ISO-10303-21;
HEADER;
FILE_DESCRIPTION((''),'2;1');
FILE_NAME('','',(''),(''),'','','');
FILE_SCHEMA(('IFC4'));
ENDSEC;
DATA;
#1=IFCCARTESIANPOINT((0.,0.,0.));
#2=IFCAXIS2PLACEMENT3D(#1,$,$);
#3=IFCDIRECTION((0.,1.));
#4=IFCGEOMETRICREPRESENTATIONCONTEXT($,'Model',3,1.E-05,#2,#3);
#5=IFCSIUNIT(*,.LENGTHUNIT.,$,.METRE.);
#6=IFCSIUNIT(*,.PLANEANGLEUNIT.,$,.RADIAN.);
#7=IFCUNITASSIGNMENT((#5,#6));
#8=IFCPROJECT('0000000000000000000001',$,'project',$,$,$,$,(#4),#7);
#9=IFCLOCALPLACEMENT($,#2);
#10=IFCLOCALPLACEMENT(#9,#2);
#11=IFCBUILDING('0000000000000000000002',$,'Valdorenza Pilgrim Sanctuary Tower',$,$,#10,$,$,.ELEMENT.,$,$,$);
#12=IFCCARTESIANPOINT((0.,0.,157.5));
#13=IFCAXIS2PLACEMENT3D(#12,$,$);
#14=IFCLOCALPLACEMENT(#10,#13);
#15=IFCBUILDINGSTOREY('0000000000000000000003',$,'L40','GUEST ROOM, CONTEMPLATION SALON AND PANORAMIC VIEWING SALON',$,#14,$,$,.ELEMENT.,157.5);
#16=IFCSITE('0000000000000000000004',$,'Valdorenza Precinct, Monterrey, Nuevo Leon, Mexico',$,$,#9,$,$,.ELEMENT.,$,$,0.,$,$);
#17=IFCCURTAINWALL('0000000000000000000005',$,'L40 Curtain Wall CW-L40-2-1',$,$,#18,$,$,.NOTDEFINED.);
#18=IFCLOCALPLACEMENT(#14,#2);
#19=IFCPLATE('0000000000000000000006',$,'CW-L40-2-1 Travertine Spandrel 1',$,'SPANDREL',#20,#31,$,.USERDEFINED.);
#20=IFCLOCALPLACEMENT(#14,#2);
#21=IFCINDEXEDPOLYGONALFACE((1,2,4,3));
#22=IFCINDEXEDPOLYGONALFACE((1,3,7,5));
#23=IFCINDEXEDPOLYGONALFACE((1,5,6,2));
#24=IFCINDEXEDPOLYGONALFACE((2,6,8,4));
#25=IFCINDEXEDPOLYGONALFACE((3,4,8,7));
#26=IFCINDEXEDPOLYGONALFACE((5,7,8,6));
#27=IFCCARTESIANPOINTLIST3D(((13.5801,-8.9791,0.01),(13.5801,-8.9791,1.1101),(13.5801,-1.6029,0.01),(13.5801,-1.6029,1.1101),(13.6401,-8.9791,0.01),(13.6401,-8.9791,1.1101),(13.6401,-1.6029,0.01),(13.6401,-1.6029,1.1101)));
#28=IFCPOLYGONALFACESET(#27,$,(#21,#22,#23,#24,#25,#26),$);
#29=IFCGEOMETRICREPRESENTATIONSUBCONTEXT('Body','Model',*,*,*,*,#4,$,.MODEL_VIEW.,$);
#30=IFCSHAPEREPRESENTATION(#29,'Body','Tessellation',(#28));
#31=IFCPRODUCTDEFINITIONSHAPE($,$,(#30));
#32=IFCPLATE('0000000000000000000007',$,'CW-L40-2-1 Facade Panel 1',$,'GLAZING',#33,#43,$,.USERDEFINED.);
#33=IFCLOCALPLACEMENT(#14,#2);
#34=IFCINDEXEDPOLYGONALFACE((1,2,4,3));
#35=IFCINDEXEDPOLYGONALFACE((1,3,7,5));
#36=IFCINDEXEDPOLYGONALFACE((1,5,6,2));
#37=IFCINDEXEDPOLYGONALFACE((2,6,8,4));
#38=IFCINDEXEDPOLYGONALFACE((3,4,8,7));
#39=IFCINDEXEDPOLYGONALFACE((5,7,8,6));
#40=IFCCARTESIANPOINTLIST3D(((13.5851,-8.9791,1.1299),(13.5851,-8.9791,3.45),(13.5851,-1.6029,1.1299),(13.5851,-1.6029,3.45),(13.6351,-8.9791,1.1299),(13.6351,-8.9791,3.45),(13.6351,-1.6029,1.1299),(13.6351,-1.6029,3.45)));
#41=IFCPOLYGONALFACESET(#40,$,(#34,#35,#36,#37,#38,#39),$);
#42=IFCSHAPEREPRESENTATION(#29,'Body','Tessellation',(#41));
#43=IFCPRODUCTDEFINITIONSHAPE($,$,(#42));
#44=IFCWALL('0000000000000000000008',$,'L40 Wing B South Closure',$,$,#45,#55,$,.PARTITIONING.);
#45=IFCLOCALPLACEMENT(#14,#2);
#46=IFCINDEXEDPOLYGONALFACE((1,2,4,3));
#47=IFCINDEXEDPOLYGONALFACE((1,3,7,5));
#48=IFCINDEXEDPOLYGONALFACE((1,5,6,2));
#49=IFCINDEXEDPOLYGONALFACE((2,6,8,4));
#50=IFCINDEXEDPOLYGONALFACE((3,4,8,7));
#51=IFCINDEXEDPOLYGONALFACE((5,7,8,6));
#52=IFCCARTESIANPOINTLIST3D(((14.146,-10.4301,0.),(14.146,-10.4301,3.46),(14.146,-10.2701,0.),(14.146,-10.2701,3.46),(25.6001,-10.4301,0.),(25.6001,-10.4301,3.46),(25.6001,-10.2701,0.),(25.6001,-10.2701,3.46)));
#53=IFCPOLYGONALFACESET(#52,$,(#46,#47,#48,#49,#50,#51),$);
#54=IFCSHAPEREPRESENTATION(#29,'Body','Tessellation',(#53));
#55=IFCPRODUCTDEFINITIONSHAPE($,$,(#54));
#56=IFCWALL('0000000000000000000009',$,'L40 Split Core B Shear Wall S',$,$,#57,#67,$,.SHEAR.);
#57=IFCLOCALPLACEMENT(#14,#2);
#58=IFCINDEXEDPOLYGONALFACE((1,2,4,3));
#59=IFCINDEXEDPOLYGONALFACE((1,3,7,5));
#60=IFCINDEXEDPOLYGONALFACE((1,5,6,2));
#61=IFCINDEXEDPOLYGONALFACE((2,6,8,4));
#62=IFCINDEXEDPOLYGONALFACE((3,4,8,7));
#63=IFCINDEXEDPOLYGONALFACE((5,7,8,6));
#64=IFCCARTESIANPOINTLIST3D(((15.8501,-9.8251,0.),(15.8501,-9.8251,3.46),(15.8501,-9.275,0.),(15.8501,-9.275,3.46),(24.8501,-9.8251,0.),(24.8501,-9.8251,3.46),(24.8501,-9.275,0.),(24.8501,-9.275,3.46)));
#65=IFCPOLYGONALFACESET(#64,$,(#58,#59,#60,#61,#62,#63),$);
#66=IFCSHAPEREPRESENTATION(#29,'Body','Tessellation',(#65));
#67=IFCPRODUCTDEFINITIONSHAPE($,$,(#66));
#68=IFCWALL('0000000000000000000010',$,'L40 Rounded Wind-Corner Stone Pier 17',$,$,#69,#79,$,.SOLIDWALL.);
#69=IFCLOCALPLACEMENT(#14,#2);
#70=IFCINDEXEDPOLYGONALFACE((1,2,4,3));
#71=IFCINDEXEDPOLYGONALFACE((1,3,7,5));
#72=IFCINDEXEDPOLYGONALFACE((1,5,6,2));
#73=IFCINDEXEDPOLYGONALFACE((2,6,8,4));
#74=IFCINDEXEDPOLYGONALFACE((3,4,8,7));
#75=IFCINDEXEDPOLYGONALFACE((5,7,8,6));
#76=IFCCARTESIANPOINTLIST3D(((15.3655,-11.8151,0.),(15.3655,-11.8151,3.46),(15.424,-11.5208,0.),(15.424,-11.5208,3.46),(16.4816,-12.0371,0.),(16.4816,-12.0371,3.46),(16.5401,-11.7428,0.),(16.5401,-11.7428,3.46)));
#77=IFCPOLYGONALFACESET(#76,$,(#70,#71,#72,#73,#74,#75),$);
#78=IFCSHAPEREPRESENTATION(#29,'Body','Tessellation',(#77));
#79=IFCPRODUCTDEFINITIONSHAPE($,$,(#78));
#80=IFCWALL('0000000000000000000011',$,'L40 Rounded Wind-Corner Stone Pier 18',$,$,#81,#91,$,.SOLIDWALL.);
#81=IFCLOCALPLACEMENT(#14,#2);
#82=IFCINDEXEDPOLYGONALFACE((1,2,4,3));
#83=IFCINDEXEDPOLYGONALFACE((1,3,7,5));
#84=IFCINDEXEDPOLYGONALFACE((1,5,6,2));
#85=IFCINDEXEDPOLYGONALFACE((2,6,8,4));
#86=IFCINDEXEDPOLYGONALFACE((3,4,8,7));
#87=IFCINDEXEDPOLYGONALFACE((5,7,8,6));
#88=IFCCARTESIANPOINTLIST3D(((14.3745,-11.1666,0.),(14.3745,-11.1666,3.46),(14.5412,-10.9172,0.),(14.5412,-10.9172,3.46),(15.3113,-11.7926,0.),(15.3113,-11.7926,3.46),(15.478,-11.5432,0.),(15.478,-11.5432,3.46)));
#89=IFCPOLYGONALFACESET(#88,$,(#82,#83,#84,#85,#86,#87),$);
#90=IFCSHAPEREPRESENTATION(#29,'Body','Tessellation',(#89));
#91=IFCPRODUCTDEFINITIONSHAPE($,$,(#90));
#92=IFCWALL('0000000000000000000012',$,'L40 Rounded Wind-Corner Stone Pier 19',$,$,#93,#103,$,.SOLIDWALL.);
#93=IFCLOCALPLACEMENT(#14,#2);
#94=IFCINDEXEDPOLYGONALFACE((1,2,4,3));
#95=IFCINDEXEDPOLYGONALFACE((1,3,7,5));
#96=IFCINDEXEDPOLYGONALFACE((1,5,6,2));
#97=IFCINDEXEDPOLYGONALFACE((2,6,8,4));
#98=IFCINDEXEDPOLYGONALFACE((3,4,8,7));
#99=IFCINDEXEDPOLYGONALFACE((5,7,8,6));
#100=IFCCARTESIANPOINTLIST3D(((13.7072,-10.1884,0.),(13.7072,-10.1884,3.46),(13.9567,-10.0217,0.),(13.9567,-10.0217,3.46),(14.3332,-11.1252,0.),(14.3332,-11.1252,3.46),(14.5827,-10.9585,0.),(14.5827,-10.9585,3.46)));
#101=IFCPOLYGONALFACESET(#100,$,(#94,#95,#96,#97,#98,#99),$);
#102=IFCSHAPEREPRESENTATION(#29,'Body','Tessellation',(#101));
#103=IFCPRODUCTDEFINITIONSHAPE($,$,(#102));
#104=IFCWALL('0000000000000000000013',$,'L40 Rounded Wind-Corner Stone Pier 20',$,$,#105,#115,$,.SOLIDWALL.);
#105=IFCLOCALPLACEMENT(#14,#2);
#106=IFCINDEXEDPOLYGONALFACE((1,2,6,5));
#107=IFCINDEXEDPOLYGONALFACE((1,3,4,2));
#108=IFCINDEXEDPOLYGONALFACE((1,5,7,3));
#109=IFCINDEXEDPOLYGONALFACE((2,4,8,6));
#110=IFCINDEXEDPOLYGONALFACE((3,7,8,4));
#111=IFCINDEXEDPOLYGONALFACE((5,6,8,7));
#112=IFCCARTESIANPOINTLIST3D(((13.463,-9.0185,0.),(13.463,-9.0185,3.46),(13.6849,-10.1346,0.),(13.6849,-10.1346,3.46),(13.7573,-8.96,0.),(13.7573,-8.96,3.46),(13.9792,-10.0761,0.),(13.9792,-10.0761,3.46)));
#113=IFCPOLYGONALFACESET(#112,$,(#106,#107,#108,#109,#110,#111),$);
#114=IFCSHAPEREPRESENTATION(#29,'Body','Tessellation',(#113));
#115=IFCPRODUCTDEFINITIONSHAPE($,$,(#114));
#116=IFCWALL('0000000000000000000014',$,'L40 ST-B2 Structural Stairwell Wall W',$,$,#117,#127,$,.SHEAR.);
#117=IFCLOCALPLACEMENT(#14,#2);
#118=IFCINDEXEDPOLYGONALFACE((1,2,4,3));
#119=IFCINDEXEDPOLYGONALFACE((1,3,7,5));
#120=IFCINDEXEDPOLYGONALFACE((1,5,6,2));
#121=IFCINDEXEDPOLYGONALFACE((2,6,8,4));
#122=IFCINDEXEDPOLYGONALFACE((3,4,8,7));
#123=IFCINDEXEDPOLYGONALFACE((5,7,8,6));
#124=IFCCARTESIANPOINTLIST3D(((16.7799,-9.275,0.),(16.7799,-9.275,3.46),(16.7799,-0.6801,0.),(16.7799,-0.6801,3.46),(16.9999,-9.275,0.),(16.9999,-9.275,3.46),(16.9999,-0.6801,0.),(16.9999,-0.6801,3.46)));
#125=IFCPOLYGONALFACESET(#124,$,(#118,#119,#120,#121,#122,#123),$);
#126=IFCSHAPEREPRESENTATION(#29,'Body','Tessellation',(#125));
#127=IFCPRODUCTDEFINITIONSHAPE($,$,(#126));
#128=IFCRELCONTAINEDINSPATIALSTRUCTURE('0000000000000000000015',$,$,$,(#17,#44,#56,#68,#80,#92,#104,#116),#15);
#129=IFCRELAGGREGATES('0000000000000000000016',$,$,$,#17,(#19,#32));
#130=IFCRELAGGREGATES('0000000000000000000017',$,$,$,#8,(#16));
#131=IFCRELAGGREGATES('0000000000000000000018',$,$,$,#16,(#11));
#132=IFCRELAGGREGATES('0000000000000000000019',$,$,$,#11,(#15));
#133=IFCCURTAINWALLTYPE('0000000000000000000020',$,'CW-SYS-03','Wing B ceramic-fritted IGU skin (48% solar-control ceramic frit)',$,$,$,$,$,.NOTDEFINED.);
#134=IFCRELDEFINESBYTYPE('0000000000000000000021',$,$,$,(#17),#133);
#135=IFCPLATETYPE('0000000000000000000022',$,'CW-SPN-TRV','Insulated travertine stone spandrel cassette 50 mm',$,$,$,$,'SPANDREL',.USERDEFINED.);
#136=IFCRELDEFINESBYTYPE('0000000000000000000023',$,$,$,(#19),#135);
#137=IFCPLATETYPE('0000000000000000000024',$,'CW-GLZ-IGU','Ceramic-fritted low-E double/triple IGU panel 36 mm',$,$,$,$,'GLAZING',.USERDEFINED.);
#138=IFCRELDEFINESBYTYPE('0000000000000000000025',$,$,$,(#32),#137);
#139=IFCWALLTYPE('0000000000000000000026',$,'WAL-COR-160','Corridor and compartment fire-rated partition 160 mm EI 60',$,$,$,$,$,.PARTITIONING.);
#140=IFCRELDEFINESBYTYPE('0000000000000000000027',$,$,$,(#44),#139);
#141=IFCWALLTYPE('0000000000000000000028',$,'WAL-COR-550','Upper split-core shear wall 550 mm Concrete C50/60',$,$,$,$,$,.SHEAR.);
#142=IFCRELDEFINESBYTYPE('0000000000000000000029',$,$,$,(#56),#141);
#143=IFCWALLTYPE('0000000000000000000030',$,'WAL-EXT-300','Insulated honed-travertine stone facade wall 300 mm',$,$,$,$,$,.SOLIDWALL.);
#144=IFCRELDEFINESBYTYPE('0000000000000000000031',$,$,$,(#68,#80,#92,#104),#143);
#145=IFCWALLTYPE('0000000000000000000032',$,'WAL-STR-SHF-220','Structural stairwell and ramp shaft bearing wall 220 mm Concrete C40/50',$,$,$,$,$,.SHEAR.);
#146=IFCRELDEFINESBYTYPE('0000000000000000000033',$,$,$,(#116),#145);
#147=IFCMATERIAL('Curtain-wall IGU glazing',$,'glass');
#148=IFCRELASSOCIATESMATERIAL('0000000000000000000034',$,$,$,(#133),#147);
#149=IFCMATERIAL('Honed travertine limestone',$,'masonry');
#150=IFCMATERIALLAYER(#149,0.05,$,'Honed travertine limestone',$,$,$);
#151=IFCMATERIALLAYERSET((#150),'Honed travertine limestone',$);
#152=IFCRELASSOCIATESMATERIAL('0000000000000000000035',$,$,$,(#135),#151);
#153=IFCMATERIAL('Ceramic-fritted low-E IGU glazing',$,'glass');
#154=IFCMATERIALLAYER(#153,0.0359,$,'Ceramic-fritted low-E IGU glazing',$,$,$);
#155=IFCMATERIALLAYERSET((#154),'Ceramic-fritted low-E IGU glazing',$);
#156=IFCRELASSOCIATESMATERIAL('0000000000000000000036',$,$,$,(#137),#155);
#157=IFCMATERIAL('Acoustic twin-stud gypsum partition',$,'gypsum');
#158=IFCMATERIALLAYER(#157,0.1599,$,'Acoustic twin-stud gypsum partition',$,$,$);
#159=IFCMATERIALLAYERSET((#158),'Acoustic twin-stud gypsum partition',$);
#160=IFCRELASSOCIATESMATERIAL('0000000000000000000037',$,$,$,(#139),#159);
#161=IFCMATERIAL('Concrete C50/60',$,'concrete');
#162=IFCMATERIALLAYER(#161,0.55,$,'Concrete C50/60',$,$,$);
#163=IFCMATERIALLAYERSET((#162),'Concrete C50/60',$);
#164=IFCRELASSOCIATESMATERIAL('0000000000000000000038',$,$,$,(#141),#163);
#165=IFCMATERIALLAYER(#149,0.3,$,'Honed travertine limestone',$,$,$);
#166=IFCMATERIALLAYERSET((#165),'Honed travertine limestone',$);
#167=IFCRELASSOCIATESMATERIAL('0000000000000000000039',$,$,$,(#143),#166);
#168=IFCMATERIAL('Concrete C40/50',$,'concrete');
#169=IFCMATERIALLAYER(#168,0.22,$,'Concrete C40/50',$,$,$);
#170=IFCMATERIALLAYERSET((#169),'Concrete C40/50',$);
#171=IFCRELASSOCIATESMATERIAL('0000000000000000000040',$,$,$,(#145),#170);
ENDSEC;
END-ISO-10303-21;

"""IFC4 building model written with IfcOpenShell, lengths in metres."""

from ifc_helpers import new_model, si_unit, direction, frame, frame_2d, origin, origin_2d, place, context, subcontext, project, spatial, rectangle, extrude, source, transform, mapped, material, layer, layer_set, type_object, element, aggregate, save


model = new_model("IFC4")

# Units and contexts
model_context = context("Model", 3, precision=1e-05, world=origin(), true_north=direction((0.0, 1.0)))
body_context = subcontext(model_context, "Body", "Model", "MODEL_VIEW")
ifc_project = project(units=[si_unit("LENGTHUNIT", "METRE"), si_unit("PLANEANGLEUNIT", "RADIAN")], contexts=[model_context])

# Site, building, storey
site_placement = place(None, origin())
site = spatial("IfcSite", under=ifc_project, at=site_placement, Name="Valdorenza Precinct, Monterrey, Nuevo Leon, Mexico", CompositionType="ELEMENT", RefElevation=0.0)
building_placement = place(site_placement, origin())
building = spatial("IfcBuilding", under=site, at=building_placement, Name="Valdorenza Pilgrim Sanctuary Tower", CompositionType="ELEMENT")
storey_placement = place(building_placement, frame((0.0, 0.0, 157.5)))
storey = spatial("IfcBuildingStorey", under=building, at=storey_placement, Name="L40", Description="GUEST ROOM, CONTEMPLATION SALON AND PANORAMIC VIEWING SALON", CompositionType="ELEMENT", Elevation=157.5)

# Shared definitions
ifc_material_1 = material(Name="Concrete C50/60", Category="concrete")

# Curtain wall
ifc_material_2 = material(Name="Curtain-wall IGU glazing", Category="glass")
curtain_wall_type = type_object("IfcCurtainWallType", Name="CW-SYS-03", Description="Wing B ceramic-fritted IGU skin (48% solar-control ceramic frit)", PredefinedType="NOTDEFINED", material=ifc_material_2)
curtain_wall_1_placement = place(storey_placement, origin())
curtain_wall_1 = element("IfcCurtainWall", 1, at=curtain_wall_1_placement, inside=storey, type_object=curtain_wall_type, Name="L40 Curtain Wall CW-L40-2-1", PredefinedType="NOTDEFINED")

# Plates
ifc_material_3 = material(Name="Honed travertine limestone", Category="masonry")
ifc_layer_1 = layer(ifc_material_3, 0.05, Name="Honed travertine limestone")
ifc_layer_set_1 = layer_set([ifc_layer_1], Name="Honed travertine limestone")
plate_type_1 = type_object("IfcPlateType", Name="CW-SPN-TRV", Description="Insulated travertine stone spandrel cassette 50 mm", ElementType="SPANDREL", PredefinedType="USERDEFINED", material=ifc_layer_set_1)
shared_shape_1 = source(origin(), body_context, "Body", "SweptSolid", [
    extrude(rectangle(XDim=7.3762, YDim=0.0601, at=origin_2d()), origin(), (0.0, 0.0, 1.0), 1.1001),
])
plate_1_placement = place(storey_placement, frame((13.6101, -5.291, 0.01), z_axis=(0.0, 0.0, 1.0), x_axis=(0.0, 1.0, 0.0)))
plate_1 = element("IfcPlate", 2, at=plate_1_placement, type_object=plate_type_1, Name="CW-L40-2-1 Travertine Spandrel 1", ObjectType="SPANDREL", PredefinedType="USERDEFINED", context=body_context, shape_type="MappedRepresentation", body=[
    mapped(shared_shape_1, transform((0.0, 0.0, 0.0), x_axis=(1.0, 0.0, 0.0), y_axis=(0.0, 1.0, 0.0), z_axis=(0.0, 0.0, 1.0), scale=1.0)),
])
ifc_material_4 = material(Name="Ceramic-fritted low-E IGU glazing", Category="glass")
ifc_layer_2 = layer(ifc_material_4, 0.0359, Name="Ceramic-fritted low-E IGU glazing")
ifc_layer_set_2 = layer_set([ifc_layer_2], Name="Ceramic-fritted low-E IGU glazing")
plate_type_2 = type_object("IfcPlateType", Name="CW-GLZ-IGU", Description="Ceramic-fritted low-E double/triple IGU panel 36 mm", ElementType="GLAZING", PredefinedType="USERDEFINED", material=ifc_layer_set_2)
shared_shape_2 = source(origin(), body_context, "Body", "SweptSolid", [
    extrude(rectangle(XDim=7.3762, YDim=0.05, at=origin_2d()), origin(), (0.0, 0.0, 1.0), 2.3201),
])
plate_2_placement = place(storey_placement, frame((13.6101, -5.291, 1.1299), z_axis=(0.0, 0.0, 1.0), x_axis=(0.0, 1.0, 0.0)))
plate_2 = element("IfcPlate", 3, at=plate_2_placement, type_object=plate_type_2, Name="CW-L40-2-1 Facade Panel 1", ObjectType="GLAZING", PredefinedType="USERDEFINED", context=body_context, shape_type="MappedRepresentation", body=[
    mapped(shared_shape_2, transform((0.0, 0.0, 0.0), x_axis=(1.0, 0.0, 0.0), y_axis=(0.0, 1.0, 0.0), z_axis=(0.0, 0.0, 1.0), scale=1.0)),
])
aggregate(curtain_wall_1, [plate_1, plate_2])

# Walls
ifc_material_5 = material(Name="Acoustic twin-stud gypsum partition", Category="gypsum")
ifc_layer_3 = layer(ifc_material_5, 0.1599, Name="Acoustic twin-stud gypsum partition")
ifc_layer_set_3 = layer_set([ifc_layer_3], Name="Acoustic twin-stud gypsum partition")
wall_type_1 = type_object("IfcWallType", Name="WAL-COR-160", Description="Corridor and compartment fire-rated partition 160 mm EI 60", PredefinedType="PARTITIONING", material=ifc_layer_set_3)
wall_1_placement = place(storey_placement, frame((14.146, -10.3501, 0.0), z_axis=(0.0, 0.0, 1.0), x_axis=(1.0, 0.0, 0.0)))
element("IfcWall", 4, at=wall_1_placement, inside=storey, type_object=wall_type_1, Name="L40 Wing B South Closure", PredefinedType="PARTITIONING", context=body_context, shape_type="SweptSolid", body=[
    extrude(rectangle(XDim=11.4541, YDim=0.1599, at=frame_2d((5.7271, 0.0))), origin(), (0.0, 0.0, 1.0), 3.46),
])
ifc_layer_4 = layer(ifc_material_1, 0.55, Name="Concrete C50/60")
ifc_layer_set_4 = layer_set([ifc_layer_4], Name="Concrete C50/60")
wall_type_2 = type_object("IfcWallType", Name="WAL-COR-550", Description="Upper split-core shear wall 550 mm Concrete C50/60", PredefinedType="SHEAR", material=ifc_layer_set_4)
wall_2_placement = place(storey_placement, frame((15.8501, -9.55, 0.0), z_axis=(0.0, 0.0, 1.0), x_axis=(1.0, 0.0, 0.0)))
element("IfcWall", 5, at=wall_2_placement, inside=storey, type_object=wall_type_2, Name="L40 Split Core B Shear Wall S", PredefinedType="SHEAR", context=body_context, shape_type="SweptSolid", body=[
    extrude(rectangle(XDim=9.0, YDim=0.55, at=frame_2d((4.5, 0.0))), origin(), (0.0, 0.0, 1.0), 3.46),
])
ifc_layer_5 = layer(ifc_material_3, 0.3, Name="Honed travertine limestone")
ifc_layer_set_5 = layer_set([ifc_layer_5], Name="Honed travertine limestone")
wall_type_3 = type_object("IfcWallType", Name="WAL-EXT-300", Description="Insulated honed-travertine stone facade wall 300 mm", PredefinedType="SOLIDWALL", material=ifc_layer_set_5)
wall_3_placement = place(storey_placement, frame((16.5107, -11.8899, 0.0), z_axis=(0.0, 0.0, 1.0), x_axis=(-0.980795, 0.195043, 0.0)))
element("IfcWall", 6, at=wall_3_placement, inside=storey, type_object=wall_type_3, Name="L40 Rounded Wind-Corner Stone Pier 17", PredefinedType="SOLIDWALL", context=body_context, shape_type="SweptSolid", body=[
    extrude(rectangle(XDim=1.1379, YDim=0.3, at=frame_2d((0.5688, 0.0))), origin(), (0.0, 0.0, 1.0), 3.46),
])
for number, where, z_axis, x_axis, name in (
    (7, (15.3948, -11.668, 0.0), (0.0, 0.0, 1.0), (-0.83145, 0.5556, 0.0), "L40 Rounded Wind-Corner Stone Pier 18"),
    (8, (14.458, -11.042, 0.0), (0.0, 0.0, 1.0), (-0.5556, 0.83145, 0.0), "L40 Rounded Wind-Corner Stone Pier 19"),
):
    element("IfcWall", number, at=place(storey_placement, frame(where, z_axis=z_axis, x_axis=x_axis)), inside=storey, type_object=wall_type_3, Name=name, PredefinedType="SOLIDWALL", context=body_context, shape_type="SweptSolid", body=[
        extrude(rectangle(XDim=1.1267, YDim=0.3, at=frame_2d((0.5635, 0.0))), origin(), (0.0, 0.0, 1.0), 3.46),
    ])
wall_4_placement = place(storey_placement, frame((13.832, -10.1052, 0.0), z_axis=(0.0, 0.0, 1.0), x_axis=(-0.195043, 0.980795, 0.0)))
element("IfcWall", 9, at=wall_4_placement, inside=storey, type_object=wall_type_3, Name="L40 Rounded Wind-Corner Stone Pier 20", PredefinedType="SOLIDWALL", context=body_context, shape_type="SweptSolid", body=[
    extrude(rectangle(XDim=1.1379, YDim=0.3, at=frame_2d((0.5688, 0.0))), origin(), (0.0, 0.0, 1.0), 3.46),
])
ifc_material_6 = material(Name="Concrete C40/50", Category="concrete")
ifc_layer_6 = layer(ifc_material_6, 0.22, Name="Concrete C40/50")
ifc_layer_set_6 = layer_set([ifc_layer_6], Name="Concrete C40/50")
wall_type_4 = type_object("IfcWallType", Name="WAL-STR-SHF-220", Description="Structural stairwell and ramp shaft bearing wall 220 mm Concrete C40/50", PredefinedType="SHEAR", material=ifc_layer_set_6)
wall_5_placement = place(storey_placement, frame((16.8899, -9.2749, 0.0), z_axis=(0.0, 0.0, 1.0), x_axis=(0.0, 1.0, 0.0)))
element("IfcWall", 10, at=wall_5_placement, inside=storey, type_object=wall_type_4, Name="L40 ST-B2 Structural Stairwell Wall W", PredefinedType="SHEAR", context=body_context, shape_type="SweptSolid", body=[
    extrude(rectangle(XDim=8.595, YDim=0.22, at=frame_2d((4.2974, 0.0))), origin(), (0.0, 0.0, 1.0), 3.46),
])

save(model, "model.ifc")
